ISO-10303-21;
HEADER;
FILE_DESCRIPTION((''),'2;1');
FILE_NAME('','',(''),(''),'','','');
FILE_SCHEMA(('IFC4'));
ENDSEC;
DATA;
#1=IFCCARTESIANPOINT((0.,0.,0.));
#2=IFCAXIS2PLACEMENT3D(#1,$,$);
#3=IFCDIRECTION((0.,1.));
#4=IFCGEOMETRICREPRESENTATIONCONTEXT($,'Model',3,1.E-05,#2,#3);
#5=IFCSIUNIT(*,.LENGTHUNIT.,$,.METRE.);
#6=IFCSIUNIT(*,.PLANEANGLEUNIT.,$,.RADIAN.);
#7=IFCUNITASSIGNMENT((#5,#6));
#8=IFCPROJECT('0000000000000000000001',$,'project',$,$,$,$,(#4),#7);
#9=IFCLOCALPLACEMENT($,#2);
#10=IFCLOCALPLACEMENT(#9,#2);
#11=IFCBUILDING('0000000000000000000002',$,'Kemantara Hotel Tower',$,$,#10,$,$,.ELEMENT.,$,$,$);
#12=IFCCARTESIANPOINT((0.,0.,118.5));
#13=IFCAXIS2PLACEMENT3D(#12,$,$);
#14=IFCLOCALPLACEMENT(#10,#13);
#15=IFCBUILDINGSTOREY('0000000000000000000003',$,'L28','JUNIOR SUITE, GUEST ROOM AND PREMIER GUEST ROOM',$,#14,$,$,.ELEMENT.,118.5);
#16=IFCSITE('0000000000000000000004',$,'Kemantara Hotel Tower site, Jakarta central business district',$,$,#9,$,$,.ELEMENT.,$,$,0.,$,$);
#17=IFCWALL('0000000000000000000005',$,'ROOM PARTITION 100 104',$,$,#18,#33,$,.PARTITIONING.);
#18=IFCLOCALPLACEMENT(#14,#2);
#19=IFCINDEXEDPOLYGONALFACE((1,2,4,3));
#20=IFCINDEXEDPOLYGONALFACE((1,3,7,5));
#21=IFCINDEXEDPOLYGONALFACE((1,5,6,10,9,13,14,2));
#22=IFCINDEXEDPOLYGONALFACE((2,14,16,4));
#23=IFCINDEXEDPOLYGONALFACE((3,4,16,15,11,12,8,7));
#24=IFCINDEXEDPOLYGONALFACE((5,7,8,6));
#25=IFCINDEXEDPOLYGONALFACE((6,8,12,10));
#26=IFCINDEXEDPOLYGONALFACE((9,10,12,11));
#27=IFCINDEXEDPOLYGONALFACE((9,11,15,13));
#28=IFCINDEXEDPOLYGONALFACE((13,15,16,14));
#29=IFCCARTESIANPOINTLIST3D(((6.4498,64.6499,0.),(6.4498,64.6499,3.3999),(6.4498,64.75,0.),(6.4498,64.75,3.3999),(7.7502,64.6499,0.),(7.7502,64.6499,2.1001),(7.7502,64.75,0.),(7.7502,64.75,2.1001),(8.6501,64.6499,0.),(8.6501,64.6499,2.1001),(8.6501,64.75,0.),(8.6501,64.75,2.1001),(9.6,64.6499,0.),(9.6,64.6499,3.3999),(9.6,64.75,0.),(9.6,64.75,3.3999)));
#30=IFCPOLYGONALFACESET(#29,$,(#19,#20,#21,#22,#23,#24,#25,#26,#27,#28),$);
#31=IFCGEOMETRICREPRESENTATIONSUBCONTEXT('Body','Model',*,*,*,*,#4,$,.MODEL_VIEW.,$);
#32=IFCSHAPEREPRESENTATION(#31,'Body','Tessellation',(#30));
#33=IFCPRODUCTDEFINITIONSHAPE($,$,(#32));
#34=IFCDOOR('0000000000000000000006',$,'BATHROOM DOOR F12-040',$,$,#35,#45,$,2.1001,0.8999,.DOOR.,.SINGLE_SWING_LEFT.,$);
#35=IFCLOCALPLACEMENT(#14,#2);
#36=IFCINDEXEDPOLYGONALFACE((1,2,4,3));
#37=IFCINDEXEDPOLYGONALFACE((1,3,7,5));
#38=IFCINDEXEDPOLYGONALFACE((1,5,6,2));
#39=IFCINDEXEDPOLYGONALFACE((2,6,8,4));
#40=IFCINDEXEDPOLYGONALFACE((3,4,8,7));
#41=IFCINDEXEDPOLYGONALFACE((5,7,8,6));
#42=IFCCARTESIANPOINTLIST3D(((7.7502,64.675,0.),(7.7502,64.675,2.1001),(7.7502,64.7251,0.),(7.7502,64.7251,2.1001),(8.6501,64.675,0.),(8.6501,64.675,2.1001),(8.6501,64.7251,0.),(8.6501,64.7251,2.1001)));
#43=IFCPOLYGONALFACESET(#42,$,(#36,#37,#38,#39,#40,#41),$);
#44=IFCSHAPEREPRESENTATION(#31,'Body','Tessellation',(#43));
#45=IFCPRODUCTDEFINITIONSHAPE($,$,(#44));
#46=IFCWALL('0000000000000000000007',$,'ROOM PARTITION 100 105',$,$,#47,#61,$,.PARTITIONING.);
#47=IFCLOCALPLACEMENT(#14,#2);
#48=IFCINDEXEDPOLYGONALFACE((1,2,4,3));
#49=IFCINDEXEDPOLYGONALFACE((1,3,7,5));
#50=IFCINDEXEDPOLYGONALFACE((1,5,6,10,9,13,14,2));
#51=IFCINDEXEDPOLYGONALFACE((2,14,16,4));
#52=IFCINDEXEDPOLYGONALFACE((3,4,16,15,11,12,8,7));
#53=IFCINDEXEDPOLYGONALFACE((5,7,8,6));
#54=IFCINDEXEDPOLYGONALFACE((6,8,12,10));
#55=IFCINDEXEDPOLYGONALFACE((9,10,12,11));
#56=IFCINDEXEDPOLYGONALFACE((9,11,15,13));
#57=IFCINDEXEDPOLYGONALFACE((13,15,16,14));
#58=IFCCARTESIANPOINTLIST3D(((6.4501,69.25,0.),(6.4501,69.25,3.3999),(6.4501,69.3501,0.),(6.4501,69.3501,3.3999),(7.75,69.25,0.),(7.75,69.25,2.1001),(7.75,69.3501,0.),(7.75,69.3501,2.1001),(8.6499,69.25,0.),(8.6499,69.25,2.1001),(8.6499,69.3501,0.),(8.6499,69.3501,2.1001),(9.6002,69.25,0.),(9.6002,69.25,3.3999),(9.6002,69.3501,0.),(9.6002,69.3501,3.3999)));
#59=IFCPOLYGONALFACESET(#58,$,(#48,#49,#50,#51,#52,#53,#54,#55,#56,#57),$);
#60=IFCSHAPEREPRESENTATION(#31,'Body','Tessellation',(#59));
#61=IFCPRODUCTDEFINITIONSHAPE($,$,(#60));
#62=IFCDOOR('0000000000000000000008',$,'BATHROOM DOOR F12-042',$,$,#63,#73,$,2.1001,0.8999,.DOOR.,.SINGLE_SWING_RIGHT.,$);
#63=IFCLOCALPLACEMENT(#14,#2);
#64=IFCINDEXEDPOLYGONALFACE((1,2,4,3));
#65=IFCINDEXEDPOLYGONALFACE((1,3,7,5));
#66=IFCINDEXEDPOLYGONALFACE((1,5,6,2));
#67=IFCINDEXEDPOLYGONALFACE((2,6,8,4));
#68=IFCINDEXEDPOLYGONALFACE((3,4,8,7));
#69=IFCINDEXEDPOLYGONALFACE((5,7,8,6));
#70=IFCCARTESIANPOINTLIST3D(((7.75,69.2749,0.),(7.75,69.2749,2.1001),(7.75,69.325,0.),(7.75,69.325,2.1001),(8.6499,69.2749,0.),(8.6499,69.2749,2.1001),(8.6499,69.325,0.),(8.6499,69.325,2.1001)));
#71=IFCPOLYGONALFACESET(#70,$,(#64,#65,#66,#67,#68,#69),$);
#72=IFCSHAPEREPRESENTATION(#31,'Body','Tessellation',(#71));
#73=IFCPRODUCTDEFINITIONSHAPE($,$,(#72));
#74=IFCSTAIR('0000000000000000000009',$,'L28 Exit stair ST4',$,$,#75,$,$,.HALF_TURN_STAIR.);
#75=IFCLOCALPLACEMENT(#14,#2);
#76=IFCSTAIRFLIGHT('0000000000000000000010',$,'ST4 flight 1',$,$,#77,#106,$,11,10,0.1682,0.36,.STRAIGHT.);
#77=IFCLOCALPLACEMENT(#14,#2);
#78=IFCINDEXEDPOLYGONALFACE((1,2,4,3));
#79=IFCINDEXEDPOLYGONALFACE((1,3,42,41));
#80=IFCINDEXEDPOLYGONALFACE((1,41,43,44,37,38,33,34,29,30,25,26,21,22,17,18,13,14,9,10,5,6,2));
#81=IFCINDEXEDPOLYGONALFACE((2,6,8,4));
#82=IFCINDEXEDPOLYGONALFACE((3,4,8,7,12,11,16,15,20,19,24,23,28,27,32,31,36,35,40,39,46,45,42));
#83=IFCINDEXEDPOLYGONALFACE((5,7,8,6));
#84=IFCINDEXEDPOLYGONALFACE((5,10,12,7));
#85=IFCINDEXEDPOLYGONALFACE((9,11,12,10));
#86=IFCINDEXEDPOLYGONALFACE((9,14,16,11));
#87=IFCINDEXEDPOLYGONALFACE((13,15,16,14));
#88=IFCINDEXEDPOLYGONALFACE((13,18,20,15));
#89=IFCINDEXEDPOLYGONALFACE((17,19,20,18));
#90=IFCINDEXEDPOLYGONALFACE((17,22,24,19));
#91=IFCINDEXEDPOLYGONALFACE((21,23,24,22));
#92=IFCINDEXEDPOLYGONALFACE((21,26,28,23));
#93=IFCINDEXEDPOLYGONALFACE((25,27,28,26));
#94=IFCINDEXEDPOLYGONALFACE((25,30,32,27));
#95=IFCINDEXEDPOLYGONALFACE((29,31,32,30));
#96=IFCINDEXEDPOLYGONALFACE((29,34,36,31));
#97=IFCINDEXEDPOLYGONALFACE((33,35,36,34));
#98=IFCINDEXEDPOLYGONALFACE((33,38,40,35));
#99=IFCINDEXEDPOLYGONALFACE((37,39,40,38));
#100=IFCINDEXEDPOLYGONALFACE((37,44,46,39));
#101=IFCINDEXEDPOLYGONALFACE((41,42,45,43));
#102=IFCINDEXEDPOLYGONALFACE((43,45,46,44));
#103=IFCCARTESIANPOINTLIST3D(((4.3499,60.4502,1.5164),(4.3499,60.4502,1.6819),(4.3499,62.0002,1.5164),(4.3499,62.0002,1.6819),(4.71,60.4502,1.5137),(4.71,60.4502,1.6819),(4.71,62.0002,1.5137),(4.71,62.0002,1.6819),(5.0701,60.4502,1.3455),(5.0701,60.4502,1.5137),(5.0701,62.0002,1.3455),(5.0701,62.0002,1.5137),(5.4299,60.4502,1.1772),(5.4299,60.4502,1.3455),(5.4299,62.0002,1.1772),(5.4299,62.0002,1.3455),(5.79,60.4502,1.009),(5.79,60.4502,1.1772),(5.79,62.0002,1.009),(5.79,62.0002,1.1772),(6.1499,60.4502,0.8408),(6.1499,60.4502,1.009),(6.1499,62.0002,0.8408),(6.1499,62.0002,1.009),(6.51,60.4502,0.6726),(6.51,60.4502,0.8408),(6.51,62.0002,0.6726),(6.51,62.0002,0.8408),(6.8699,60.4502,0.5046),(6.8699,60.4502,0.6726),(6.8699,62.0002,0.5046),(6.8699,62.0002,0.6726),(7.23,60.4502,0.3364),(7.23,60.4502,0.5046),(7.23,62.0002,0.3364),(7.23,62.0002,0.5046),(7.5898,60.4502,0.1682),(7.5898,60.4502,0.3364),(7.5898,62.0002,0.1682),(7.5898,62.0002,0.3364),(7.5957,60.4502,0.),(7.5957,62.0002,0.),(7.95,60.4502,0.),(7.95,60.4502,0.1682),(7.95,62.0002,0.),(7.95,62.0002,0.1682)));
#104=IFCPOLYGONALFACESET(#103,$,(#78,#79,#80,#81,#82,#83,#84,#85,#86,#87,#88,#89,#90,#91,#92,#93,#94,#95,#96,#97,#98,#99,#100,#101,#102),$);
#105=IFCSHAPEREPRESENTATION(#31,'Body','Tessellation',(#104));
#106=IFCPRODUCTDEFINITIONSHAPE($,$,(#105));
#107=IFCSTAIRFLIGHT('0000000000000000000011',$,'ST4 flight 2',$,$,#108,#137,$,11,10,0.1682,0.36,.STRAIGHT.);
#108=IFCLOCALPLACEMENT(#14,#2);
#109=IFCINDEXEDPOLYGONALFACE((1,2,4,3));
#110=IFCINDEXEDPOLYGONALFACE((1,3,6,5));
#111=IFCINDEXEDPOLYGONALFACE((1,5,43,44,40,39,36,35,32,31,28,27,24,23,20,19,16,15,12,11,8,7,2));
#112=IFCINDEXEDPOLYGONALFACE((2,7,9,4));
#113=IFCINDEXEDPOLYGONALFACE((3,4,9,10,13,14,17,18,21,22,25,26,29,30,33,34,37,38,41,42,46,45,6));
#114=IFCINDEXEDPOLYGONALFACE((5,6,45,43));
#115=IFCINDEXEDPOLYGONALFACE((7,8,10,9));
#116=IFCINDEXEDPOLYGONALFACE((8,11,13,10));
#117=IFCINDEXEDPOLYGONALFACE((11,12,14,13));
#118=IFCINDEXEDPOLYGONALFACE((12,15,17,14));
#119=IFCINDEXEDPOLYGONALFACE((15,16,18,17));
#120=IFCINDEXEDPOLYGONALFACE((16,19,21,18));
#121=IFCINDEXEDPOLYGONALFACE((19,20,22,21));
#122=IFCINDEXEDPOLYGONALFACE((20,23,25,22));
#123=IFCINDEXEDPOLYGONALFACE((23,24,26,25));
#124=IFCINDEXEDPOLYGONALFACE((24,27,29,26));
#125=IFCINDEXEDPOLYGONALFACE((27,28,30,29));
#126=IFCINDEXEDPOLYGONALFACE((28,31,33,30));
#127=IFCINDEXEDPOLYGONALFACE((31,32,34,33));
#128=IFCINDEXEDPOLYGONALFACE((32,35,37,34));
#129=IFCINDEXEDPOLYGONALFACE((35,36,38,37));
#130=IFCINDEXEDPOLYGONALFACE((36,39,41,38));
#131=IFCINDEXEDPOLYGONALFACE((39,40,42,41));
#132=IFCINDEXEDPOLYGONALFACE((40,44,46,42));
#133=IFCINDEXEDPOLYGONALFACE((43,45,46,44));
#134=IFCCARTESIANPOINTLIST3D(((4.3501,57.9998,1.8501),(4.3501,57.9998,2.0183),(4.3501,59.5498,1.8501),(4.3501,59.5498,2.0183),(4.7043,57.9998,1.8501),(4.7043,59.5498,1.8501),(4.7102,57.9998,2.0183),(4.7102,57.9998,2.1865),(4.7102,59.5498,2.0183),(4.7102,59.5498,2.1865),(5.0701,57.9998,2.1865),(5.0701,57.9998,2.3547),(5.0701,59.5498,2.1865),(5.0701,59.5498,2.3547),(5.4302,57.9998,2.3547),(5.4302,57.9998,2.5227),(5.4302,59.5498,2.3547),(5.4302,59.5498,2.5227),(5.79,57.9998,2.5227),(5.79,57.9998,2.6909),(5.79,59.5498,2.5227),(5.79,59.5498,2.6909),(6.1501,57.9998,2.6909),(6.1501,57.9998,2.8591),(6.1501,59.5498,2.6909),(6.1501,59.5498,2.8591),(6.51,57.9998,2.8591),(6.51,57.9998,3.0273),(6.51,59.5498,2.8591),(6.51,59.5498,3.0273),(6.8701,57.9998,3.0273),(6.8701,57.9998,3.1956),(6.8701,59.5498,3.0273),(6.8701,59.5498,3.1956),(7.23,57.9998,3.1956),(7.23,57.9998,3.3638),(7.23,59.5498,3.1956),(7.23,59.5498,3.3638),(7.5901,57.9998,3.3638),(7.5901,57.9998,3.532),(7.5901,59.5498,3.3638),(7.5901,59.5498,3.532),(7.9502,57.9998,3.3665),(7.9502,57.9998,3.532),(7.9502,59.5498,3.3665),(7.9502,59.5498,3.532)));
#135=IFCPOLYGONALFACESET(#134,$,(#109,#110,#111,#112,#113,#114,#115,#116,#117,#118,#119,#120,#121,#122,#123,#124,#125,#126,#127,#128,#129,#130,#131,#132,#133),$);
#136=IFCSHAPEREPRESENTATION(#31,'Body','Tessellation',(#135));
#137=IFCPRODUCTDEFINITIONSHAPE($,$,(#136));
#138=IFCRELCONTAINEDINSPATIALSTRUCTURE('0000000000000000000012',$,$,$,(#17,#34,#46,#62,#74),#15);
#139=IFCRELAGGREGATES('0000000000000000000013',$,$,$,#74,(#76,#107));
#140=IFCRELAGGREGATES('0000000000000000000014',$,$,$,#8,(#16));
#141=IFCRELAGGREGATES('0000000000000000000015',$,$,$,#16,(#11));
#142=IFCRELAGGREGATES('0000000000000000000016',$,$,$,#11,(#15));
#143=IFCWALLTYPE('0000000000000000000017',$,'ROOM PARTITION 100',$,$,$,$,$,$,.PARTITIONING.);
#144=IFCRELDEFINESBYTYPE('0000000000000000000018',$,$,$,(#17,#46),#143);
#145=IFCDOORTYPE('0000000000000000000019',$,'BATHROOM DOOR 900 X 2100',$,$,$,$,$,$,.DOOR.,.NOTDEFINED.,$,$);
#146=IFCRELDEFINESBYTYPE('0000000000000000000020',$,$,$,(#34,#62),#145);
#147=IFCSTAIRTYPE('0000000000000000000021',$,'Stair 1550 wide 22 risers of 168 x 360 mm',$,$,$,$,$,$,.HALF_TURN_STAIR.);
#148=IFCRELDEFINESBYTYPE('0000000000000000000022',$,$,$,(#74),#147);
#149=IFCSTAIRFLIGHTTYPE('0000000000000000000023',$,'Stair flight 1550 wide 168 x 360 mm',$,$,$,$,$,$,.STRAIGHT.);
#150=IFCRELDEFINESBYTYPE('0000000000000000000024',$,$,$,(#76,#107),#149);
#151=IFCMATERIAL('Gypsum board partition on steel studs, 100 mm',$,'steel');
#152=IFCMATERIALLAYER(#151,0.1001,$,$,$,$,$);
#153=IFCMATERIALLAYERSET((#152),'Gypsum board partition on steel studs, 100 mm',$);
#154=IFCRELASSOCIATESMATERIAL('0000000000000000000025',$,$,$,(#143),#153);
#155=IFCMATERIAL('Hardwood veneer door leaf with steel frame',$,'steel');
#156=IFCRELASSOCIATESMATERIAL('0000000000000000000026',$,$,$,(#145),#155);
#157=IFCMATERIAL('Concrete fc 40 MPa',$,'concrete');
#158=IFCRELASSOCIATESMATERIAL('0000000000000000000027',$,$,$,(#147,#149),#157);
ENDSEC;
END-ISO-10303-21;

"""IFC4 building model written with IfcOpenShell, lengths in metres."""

from ifc_helpers import new_model, si_unit, direction, frame, frame_2d, origin, place, context, subcontext, project, spatial, polyline, rectangle, outline, extrude, material, layer, layer_set, type_object, element, fill, aggregate, save


model = new_model("IFC4")

# Units and contexts
model_context = context("Model", 3, precision=1e-05, world=origin(), true_north=direction((0.0, 1.0)))
body_context = subcontext(model_context, "Body", "Model", "MODEL_VIEW")
ifc_project = project(units=[si_unit("LENGTHUNIT", "METRE"), si_unit("PLANEANGLEUNIT", "RADIAN")], contexts=[model_context])

# Site, building, storey
site_placement = place(None, origin())
site = spatial("IfcSite", under=ifc_project, at=site_placement, Name="Kemantara Hotel Tower site, Jakarta central business district", CompositionType="ELEMENT", RefElevation=0.0)
building_placement = place(site_placement, origin())
building = spatial("IfcBuilding", under=site, at=building_placement, Name="Kemantara Hotel Tower", CompositionType="ELEMENT")
storey_placement = place(building_placement, frame((0.0, 0.0, 118.5)))
storey = spatial("IfcBuildingStorey", under=building, at=storey_placement, Name="L28", Description="JUNIOR SUITE, GUEST ROOM AND PREMIER GUEST ROOM", CompositionType="ELEMENT", Elevation=118.5)

# Shared definitions
ifc_material_1 = material(Name="Hardwood veneer door leaf with steel frame", Category="steel")

# Shared definitions
ifc_material_2 = material(Name="Concrete fc 40 MPa", Category="concrete")

# Shared definitions
ifc_material_3 = material(Name="Gypsum board partition on steel studs, 100 mm", Category="steel")
ifc_layer_1 = layer(ifc_material_3, 0.1001)
ifc_layer_set_1 = layer_set([ifc_layer_1], Name="Gypsum board partition on steel studs, 100 mm")
wall_type_1 = type_object("IfcWallType", Name="ROOM PARTITION 100", PredefinedType="PARTITIONING", material=ifc_layer_set_1)

# Walls, openings, doors
wall_1_placement = place(storey_placement, frame((9.6001, 64.7, 0.0), z_axis=(0.0, 0.0, 1.0), x_axis=(-1.0, 0.0, 0.0)))
wall_1 = element("IfcWall", 1, at=wall_1_placement, inside=storey, type_object=wall_type_1, Name="ROOM PARTITION 100 104", PredefinedType="PARTITIONING", context=body_context, shape_type="SweptSolid", body=[
    extrude(rectangle(XDim=3.1501, YDim=0.1001, at=frame_2d((1.5752, 0.0))), origin(), (0.0, 0.0, 1.0), 3.3999),
])
opening_1_placement = place(wall_1_placement, frame((0.95, 0.0, 0.0)))
opening_1 = element("IfcOpeningElement", 2, at=opening_1_placement, cuts=wall_1, PredefinedType="OPENING", context=body_context, shape_type="SweptSolid", body=[
    extrude(rectangle(XDim=0.8999, YDim=2.1001, at=frame_2d((0.45, 1.05))), frame((0.0, 0.0601, 0.0), z_axis=(0.0, -1.0, 0.0), x_axis=(1.0, 0.0, 0.0)), (0.0, 0.0, 1.0), 0.1201),
])
door_type_1 = type_object("IfcDoorType", Name="BATHROOM DOOR 900 X 2100", OperationType="NOTDEFINED", PredefinedType="DOOR", material=ifc_material_1)
door_1_placement = place(opening_1_placement, origin())
door_1 = element("IfcDoor", 3, at=door_1_placement, inside=storey, type_object=door_type_1, Name="BATHROOM DOOR F12-040", OperationType="SINGLE_SWING_LEFT", OverallHeight=2.1001, OverallWidth=0.8999, PredefinedType="DOOR", context=body_context, shape_type="SweptSolid", body=[
    extrude(rectangle(XDim=0.8999, YDim=2.1001, at=frame_2d((0.45, 1.05))), frame((0.0, 0.0249, 0.0), z_axis=(0.0, -1.0, 0.0), x_axis=(1.0, 0.0, 0.0)), (0.0, 0.0, 1.0), 0.05),
])
fill(opening_1, door_1)
wall_2_placement = place(storey_placement, frame((6.45, 69.3, 0.0), z_axis=(0.0, 0.0, 1.0), x_axis=(1.0, 0.0, 0.0)))
wall_2 = element("IfcWall", 4, at=wall_2_placement, inside=storey, type_object=wall_type_1, Name="ROOM PARTITION 100 105", PredefinedType="PARTITIONING", context=body_context, shape_type="SweptSolid", body=[
    extrude(rectangle(XDim=3.1501, YDim=0.1001, at=frame_2d((1.5752, 0.0))), origin(), (0.0, 0.0, 1.0), 3.3999),
])
opening_2_placement = place(wall_2_placement, frame((1.3, 0.0, 0.0)))
opening_2 = element("IfcOpeningElement", 5, at=opening_2_placement, cuts=wall_2, PredefinedType="OPENING", context=body_context, shape_type="SweptSolid", body=[
    extrude(rectangle(XDim=0.8999, YDim=2.1001, at=frame_2d((0.45, 1.05))), frame((0.0, 0.0601, 0.0), z_axis=(0.0, -1.0, 0.0), x_axis=(1.0, 0.0, 0.0)), (0.0, 0.0, 1.0), 0.1201),
])
door_2_placement = place(opening_2_placement, origin())
door_2 = element("IfcDoor", 6, at=door_2_placement, inside=storey, type_object=door_type_1, Name="BATHROOM DOOR F12-042", OperationType="SINGLE_SWING_RIGHT", OverallHeight=2.1001, OverallWidth=0.8999, PredefinedType="DOOR", context=body_context, shape_type="SweptSolid", body=[
    extrude(rectangle(XDim=0.8999, YDim=2.1001, at=frame_2d((0.45, 1.05))), frame((0.0, 0.0249, 0.0), z_axis=(0.0, -1.0, 0.0), x_axis=(1.0, 0.0, 0.0)), (0.0, 0.0, 1.0), 0.05),
])
fill(opening_2, door_2)

# Stair, stair flights
stair_type = type_object("IfcStairType", Name="Stair 1550 wide 22 risers of 168 x 360 mm", PredefinedType="HALF_TURN_STAIR", material=ifc_material_2)
stair_placement = place(storey_placement, origin())
stair = element("IfcStair", 7, at=stair_placement, inside=storey, type_object=stair_type, Name="L28 Exit stair ST4", PredefinedType="HALF_TURN_STAIR")
stair_flight_type = type_object("IfcStairFlightType", Name="Stair flight 1550 wide 168 x 360 mm", PredefinedType="STRAIGHT", material=ifc_material_2)
stair_flight_1_placement = place(storey_placement, frame((7.95, 61.2251, 0.0), z_axis=(0.0, 0.0, 1.0), x_axis=(-1.0, 0.0, 0.0)))
stair_flight_1 = element("IfcStairFlight", 8, at=stair_flight_1_placement, type_object=stair_flight_type, Name="ST4 flight 1", NumberOfRisers=11, NumberOfTreads=10, PredefinedType="STRAIGHT", RiserHeight=0.1682, TreadLength=0.36, context=body_context, shape_type="SweptSolid", body=[
    extrude(outline(polyline([(0.0, 0.0), (0.0, 0.1682), (0.3601, 0.1682), (0.3601, 0.3364), (0.72, 0.3364), (0.72, 0.5046), (1.0801, 0.5046), (1.0801, 0.6726), (1.4399, 0.6726), (1.4399, 0.8408), (1.8, 0.8408), (1.8, 1.009), (2.1599, 1.009), (2.1599, 1.1772), (2.52, 1.1772), (2.52, 1.3455), (2.8799, 1.3455), (2.8799, 1.5137), (3.24, 1.5137), (3.24, 1.6819), (3.6001, 1.6819), (3.6001, 1.8501), (3.6001, 1.5164), (0.3542, 0.0), (0.0, 0.0)])), frame((0.0, 0.7749, 0.0), z_axis=(0.0, -1.0, 0.0), x_axis=(1.0, 0.0, 0.0)), (0.0, 0.0, 1.0), 1.55),
])
stair_flight_2_placement = place(storey_placement, frame((4.3501, 58.7749, 1.8501), z_axis=(0.0, 0.0, 1.0), x_axis=(1.0, 0.0, 0.0)))
stair_flight_2 = element("IfcStairFlight", 9, at=stair_flight_2_placement, type_object=stair_flight_type, Name="ST4 flight 2", NumberOfRisers=11, NumberOfTreads=10, PredefinedType="STRAIGHT", RiserHeight=0.1682, TreadLength=0.36, context=body_context, shape_type="SweptSolid", body=[
    extrude(outline(polyline([(0.0, 0.0), (0.0, 0.1682), (0.3601, 0.1682), (0.3601, 0.3364), (0.72, 0.3364), (0.72, 0.5046), (1.0801, 0.5046), (1.0801, 0.6726), (1.4399, 0.6726), (1.4399, 0.8408), (1.8, 0.8408), (1.8, 1.009), (2.1599, 1.009), (2.1599, 1.1772), (2.52, 1.1772), (2.52, 1.3455), (2.8799, 1.3455), (2.8799, 1.5137), (3.24, 1.5137), (3.24, 1.6819), (3.6001, 1.6819), (3.6001, 1.8501), (3.6001, 1.5164), (0.3542, 0.0), (0.0, 0.0)])), frame((0.0, 0.7749, 0.0), z_axis=(0.0, -1.0, 0.0), x_axis=(1.0, 0.0, 0.0)), (0.0, 0.0, 1.0), 1.55),
])
aggregate(stair, [stair_flight_1, stair_flight_2])

save(model, "model.ifc")
